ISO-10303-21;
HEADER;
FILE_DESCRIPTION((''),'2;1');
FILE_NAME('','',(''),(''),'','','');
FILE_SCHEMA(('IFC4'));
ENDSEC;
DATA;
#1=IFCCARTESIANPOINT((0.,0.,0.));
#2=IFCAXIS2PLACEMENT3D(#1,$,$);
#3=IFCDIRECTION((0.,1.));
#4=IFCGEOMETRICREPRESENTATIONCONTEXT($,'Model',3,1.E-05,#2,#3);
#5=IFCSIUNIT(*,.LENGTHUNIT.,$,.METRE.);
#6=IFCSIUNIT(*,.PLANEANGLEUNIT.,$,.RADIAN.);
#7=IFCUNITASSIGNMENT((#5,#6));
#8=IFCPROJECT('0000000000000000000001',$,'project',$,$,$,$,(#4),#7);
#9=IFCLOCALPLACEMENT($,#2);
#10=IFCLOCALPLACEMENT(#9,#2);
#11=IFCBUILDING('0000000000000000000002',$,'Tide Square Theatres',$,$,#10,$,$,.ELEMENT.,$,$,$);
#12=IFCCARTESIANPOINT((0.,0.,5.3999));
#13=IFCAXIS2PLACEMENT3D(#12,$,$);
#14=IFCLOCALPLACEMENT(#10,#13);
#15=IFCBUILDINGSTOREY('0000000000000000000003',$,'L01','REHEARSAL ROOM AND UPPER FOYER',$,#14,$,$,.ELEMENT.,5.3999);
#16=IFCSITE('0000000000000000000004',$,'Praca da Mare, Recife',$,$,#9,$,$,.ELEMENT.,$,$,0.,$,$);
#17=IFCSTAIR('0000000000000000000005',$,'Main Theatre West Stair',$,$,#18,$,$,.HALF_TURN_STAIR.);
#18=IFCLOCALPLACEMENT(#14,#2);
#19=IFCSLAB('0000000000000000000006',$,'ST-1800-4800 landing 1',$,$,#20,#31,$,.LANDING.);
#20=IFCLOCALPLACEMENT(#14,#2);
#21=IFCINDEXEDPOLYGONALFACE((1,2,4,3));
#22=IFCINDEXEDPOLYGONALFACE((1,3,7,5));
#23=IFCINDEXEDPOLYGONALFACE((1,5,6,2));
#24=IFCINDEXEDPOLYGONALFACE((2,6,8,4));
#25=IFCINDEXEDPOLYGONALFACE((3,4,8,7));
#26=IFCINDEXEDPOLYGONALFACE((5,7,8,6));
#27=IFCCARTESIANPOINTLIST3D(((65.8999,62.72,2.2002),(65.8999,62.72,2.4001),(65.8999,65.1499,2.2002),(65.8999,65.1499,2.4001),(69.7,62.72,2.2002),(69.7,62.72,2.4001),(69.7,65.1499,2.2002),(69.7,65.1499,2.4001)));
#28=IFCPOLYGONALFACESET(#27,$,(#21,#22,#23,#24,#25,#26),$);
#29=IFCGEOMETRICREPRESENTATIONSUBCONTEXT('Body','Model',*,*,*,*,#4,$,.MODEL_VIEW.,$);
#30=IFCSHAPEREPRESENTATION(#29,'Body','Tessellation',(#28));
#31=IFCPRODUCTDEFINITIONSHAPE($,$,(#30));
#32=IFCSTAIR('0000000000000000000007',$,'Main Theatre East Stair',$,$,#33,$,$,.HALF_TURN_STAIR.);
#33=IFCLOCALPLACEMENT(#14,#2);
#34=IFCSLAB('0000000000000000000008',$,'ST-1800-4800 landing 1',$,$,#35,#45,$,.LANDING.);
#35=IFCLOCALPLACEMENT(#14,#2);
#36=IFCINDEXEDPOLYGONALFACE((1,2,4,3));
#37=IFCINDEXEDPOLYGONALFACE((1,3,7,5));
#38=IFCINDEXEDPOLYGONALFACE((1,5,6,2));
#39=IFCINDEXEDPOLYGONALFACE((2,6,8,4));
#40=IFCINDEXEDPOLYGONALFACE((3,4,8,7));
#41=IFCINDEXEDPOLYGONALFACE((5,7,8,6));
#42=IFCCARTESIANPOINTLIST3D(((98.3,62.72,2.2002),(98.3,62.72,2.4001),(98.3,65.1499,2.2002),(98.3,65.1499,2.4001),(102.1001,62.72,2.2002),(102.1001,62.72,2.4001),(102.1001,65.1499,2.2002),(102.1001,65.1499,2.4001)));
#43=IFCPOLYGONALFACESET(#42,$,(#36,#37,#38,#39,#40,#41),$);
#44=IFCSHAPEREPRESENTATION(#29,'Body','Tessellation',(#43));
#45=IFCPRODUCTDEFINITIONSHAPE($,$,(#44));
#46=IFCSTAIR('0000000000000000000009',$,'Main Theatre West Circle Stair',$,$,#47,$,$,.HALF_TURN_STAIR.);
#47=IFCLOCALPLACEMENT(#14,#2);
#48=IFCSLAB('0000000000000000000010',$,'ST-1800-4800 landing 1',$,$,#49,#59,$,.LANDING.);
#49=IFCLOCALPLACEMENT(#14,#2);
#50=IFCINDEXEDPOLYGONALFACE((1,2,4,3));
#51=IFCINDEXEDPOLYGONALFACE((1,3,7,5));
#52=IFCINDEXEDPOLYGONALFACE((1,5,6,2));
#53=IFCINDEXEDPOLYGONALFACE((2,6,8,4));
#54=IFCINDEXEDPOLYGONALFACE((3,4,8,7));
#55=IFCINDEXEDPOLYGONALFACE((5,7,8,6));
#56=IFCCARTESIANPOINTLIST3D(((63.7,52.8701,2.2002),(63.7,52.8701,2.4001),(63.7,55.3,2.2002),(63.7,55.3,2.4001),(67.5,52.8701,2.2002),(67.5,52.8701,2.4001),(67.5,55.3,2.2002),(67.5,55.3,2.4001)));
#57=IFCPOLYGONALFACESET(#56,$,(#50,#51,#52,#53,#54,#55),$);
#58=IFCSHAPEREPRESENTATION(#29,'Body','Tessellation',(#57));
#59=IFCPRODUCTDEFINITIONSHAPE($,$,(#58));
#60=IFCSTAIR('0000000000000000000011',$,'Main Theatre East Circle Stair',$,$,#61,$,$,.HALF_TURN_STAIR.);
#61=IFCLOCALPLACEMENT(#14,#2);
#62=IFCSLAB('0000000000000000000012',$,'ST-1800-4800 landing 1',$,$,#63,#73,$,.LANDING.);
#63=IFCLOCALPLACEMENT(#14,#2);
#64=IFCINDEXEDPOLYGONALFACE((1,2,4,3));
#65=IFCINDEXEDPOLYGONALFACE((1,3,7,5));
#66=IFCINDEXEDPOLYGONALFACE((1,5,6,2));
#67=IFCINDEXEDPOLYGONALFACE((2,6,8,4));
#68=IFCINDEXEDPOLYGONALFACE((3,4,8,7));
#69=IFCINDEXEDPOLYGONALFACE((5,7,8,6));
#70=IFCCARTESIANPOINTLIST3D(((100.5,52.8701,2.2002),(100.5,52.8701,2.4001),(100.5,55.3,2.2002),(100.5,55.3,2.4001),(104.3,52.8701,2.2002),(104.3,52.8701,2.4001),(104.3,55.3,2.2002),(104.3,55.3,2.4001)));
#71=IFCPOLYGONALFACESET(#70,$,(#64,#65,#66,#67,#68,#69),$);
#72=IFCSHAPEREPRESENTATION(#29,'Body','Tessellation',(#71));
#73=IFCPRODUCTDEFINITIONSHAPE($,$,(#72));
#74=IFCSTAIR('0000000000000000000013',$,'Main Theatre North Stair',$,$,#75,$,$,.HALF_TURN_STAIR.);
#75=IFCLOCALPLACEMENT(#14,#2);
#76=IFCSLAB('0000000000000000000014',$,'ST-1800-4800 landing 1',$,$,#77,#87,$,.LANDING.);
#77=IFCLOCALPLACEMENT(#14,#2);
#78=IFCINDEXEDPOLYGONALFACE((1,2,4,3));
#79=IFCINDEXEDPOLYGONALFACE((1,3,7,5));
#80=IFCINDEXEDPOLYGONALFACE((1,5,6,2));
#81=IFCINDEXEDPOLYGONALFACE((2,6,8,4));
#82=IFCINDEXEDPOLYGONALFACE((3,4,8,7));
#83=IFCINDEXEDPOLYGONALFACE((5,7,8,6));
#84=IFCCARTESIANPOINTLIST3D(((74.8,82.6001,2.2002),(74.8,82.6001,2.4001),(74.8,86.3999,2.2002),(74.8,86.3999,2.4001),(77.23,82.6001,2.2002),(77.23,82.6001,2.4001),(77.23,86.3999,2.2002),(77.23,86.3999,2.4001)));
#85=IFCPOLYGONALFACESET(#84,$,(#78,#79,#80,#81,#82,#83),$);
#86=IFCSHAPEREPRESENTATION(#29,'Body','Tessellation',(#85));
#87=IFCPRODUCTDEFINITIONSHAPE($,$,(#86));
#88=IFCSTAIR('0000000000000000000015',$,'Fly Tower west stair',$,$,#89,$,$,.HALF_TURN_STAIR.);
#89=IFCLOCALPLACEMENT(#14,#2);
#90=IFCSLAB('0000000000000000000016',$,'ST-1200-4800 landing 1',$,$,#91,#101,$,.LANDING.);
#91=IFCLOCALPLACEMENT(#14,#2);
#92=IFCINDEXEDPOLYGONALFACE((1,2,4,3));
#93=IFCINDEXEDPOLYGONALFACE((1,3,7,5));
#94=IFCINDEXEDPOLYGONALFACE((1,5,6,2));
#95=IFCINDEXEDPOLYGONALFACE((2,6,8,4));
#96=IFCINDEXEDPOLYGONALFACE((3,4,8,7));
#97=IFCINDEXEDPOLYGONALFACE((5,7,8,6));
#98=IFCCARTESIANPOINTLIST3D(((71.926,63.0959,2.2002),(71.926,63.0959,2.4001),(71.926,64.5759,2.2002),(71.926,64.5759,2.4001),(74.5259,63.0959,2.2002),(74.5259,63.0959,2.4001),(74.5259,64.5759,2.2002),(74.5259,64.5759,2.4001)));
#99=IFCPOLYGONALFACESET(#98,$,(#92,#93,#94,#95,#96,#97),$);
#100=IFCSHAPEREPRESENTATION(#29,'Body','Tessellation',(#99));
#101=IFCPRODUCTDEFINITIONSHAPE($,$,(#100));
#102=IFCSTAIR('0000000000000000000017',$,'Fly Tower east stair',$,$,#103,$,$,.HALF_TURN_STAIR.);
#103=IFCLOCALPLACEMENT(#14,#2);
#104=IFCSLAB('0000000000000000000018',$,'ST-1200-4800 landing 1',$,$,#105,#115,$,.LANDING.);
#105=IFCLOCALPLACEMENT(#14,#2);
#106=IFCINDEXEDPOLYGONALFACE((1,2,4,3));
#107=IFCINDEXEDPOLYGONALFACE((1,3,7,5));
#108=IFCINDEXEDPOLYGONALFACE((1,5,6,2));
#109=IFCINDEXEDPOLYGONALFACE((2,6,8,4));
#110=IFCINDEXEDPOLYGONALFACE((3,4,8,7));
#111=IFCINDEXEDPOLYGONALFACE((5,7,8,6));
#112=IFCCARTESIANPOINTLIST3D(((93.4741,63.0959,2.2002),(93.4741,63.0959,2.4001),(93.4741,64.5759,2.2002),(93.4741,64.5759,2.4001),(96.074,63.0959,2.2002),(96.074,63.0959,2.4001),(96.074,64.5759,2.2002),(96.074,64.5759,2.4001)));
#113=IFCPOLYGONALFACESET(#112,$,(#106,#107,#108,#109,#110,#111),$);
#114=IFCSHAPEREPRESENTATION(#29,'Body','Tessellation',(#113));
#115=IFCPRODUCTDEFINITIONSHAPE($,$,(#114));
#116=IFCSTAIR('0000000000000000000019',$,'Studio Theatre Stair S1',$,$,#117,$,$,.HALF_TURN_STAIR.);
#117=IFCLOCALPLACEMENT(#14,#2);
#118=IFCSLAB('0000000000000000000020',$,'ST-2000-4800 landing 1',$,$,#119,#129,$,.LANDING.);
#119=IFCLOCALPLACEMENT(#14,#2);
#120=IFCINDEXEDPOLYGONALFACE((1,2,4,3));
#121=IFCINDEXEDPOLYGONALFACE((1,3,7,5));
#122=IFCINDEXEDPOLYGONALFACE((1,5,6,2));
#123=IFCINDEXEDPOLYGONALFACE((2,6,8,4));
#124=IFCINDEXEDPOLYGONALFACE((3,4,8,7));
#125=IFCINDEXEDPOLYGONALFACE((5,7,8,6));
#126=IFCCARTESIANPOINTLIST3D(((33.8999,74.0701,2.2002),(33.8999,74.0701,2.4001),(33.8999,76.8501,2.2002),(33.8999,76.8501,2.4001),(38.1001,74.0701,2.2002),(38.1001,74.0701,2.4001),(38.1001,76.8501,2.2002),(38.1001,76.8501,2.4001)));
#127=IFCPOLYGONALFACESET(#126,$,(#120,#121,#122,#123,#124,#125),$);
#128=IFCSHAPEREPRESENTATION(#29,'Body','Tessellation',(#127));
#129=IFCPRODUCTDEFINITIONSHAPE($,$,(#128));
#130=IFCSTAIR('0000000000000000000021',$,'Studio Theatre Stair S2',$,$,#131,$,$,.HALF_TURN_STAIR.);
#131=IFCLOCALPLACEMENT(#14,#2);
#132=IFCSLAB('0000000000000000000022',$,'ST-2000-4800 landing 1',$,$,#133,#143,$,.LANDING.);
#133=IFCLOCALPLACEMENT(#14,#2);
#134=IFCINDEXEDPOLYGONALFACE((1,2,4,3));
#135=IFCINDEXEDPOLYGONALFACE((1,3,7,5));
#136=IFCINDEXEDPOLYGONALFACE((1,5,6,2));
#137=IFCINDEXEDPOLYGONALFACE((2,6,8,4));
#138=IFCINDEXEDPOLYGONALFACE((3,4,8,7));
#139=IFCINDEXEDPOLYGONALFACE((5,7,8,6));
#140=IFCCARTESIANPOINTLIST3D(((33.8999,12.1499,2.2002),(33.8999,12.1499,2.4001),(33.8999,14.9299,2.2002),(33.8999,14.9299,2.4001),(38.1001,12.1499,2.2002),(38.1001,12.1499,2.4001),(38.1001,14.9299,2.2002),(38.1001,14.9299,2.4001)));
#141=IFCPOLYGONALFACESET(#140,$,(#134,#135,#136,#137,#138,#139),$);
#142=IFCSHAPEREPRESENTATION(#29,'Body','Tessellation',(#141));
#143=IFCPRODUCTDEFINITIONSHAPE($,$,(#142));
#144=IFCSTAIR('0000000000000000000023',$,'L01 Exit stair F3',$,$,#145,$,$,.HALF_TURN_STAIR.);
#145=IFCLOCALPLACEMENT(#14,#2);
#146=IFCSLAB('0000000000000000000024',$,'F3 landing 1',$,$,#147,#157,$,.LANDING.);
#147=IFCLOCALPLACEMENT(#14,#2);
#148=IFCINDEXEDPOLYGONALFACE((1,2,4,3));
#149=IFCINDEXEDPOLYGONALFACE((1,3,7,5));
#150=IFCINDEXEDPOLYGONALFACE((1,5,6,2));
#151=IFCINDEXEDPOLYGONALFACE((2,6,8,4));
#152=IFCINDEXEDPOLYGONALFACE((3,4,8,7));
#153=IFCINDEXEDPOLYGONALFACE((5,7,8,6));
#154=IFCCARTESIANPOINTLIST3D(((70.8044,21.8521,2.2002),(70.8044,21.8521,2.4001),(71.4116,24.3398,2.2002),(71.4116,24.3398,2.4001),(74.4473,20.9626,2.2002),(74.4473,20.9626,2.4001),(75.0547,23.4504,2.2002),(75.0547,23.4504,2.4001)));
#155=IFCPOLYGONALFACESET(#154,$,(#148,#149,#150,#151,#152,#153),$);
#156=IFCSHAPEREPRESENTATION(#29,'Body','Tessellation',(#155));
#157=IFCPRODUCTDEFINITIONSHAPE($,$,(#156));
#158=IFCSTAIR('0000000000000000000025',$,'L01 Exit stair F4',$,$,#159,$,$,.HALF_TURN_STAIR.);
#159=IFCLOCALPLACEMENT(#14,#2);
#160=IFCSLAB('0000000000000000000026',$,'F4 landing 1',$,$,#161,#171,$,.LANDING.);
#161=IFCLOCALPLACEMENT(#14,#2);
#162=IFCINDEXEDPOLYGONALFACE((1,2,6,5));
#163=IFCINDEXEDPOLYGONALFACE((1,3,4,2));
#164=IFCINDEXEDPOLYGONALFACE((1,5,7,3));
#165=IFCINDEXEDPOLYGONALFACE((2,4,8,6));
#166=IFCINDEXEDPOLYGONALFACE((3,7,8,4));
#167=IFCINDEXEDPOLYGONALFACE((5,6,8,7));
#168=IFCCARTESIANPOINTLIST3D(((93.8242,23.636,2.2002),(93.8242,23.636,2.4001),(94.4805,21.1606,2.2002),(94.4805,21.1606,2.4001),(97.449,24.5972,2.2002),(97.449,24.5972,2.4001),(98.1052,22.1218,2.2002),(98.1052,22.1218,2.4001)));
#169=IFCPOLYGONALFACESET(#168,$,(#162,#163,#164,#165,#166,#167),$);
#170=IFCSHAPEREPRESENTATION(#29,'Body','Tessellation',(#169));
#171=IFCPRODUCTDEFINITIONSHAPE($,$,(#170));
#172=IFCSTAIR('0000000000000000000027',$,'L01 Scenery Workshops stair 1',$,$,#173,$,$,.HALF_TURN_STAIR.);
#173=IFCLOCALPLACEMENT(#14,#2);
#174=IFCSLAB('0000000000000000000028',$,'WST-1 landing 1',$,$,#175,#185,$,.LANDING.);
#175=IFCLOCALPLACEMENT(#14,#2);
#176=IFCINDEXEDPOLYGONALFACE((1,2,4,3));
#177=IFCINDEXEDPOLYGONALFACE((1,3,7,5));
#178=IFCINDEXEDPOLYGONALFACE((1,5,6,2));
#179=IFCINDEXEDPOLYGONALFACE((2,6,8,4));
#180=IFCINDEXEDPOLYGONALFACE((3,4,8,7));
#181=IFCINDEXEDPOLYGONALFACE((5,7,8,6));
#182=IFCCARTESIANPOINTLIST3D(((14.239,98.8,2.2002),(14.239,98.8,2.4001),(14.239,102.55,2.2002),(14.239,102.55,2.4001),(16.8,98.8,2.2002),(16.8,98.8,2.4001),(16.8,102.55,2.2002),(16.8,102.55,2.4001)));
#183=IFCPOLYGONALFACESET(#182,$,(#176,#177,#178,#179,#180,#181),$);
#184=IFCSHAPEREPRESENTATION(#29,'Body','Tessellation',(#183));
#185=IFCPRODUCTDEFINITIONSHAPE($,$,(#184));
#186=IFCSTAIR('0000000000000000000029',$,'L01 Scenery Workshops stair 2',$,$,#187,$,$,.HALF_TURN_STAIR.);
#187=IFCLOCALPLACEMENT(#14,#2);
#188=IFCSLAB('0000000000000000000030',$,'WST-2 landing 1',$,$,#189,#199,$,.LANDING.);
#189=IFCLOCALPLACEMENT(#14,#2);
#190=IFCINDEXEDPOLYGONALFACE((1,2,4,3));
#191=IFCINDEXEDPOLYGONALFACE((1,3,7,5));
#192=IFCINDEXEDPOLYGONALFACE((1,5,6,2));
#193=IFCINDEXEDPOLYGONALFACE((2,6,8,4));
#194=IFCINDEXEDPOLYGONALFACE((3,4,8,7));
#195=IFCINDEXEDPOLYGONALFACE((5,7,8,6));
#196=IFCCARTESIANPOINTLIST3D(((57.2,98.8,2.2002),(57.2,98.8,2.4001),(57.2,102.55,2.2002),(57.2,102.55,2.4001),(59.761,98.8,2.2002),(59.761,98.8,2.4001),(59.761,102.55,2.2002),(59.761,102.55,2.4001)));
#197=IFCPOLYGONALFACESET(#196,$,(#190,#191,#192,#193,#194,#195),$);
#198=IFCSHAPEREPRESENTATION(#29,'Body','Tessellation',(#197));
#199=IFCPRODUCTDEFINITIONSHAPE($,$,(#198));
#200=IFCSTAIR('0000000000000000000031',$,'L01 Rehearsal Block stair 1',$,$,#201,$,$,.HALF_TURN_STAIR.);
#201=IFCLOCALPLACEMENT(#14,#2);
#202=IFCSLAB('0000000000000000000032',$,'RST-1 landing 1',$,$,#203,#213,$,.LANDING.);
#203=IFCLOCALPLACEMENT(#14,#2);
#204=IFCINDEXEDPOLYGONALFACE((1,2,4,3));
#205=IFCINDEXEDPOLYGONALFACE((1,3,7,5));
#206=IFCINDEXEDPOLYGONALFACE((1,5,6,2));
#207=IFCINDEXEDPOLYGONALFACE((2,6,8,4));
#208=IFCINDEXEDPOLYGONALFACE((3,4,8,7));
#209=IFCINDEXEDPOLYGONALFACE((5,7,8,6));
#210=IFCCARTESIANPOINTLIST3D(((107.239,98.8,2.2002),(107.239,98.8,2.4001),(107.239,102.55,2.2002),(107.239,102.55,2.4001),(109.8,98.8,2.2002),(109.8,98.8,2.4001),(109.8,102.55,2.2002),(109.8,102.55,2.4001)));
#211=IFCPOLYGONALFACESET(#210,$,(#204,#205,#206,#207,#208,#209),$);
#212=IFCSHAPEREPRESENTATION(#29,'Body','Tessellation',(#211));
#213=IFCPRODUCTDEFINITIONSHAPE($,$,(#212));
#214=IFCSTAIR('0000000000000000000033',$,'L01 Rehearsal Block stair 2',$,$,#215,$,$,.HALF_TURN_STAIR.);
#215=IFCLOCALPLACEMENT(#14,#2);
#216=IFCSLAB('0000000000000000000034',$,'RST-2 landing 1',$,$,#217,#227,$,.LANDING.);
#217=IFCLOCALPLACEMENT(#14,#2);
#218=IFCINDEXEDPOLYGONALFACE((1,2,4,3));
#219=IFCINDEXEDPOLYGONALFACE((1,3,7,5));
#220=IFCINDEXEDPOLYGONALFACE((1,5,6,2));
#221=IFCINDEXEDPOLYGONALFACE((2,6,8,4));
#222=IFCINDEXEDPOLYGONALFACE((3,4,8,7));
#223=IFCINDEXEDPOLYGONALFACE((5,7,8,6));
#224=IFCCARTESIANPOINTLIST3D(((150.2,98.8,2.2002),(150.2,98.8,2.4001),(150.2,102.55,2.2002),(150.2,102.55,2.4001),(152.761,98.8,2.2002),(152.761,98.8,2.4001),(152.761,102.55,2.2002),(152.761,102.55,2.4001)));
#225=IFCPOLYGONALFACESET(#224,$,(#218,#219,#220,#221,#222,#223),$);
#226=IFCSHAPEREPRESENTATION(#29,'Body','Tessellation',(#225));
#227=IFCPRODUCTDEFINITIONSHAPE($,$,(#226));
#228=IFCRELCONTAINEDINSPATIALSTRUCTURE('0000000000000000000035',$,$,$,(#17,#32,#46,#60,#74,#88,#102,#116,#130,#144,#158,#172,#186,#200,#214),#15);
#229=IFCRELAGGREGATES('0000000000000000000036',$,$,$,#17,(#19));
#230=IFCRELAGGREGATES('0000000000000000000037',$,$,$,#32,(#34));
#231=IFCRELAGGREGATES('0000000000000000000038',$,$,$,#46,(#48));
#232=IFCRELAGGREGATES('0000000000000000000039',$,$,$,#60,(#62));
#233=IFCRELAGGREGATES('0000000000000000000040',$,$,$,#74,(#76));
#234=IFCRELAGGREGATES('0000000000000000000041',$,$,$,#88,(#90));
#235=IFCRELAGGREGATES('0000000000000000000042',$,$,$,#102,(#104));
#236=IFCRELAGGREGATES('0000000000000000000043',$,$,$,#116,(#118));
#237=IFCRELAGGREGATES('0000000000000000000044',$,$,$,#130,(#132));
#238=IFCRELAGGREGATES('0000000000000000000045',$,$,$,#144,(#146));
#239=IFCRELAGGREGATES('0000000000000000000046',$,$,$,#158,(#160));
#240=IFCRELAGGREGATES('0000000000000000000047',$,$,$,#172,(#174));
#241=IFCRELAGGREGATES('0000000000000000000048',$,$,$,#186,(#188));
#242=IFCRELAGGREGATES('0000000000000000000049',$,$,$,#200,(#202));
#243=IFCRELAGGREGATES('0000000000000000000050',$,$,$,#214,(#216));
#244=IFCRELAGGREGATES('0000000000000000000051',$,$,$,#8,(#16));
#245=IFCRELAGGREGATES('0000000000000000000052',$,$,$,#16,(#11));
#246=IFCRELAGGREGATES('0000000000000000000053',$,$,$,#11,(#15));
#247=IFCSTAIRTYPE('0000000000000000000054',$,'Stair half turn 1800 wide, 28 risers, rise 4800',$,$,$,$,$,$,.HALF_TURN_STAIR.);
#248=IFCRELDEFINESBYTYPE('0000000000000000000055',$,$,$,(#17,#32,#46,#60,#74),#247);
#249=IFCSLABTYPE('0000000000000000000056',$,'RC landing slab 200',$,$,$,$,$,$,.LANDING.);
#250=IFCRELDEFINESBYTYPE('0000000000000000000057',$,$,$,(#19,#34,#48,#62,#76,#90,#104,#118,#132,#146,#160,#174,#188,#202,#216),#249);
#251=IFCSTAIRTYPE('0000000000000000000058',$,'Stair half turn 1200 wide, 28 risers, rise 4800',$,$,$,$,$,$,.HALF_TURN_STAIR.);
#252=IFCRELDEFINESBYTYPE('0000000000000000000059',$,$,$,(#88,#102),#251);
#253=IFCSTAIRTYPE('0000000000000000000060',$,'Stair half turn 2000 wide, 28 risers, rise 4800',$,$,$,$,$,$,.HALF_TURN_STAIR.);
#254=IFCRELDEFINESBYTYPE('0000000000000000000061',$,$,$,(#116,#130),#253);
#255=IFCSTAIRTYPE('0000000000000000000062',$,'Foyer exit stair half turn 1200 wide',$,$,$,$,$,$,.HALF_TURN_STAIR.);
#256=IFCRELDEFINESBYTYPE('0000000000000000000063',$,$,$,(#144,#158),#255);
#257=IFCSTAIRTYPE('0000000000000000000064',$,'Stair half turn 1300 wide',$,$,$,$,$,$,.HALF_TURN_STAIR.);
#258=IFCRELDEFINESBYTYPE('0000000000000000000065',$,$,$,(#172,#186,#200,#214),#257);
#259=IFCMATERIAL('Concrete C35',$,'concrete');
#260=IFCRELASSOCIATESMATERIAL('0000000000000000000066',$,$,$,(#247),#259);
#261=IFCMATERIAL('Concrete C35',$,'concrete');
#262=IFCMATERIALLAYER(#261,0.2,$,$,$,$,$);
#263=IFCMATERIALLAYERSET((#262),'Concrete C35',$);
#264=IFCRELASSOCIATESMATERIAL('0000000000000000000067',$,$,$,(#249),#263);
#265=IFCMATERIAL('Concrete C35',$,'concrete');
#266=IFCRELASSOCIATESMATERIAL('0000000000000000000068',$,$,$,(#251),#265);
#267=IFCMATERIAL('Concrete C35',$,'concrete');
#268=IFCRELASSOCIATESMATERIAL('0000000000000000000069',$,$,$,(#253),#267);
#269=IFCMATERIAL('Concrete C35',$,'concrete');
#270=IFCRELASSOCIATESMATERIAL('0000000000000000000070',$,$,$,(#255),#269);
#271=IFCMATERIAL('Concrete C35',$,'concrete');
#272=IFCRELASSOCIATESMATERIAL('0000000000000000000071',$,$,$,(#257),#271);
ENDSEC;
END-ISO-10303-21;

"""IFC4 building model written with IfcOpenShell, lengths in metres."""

from ifc_helpers import new_model, si_unit, direction, frame, origin, place, context, subcontext, project, spatial, polyline, outline, extrude, material, layer, layer_set, type_object, element, aggregate, save


model = new_model("IFC4")

# Units and contexts
model_context = context("Model", 3, precision=1e-05, world=origin(), true_north=direction((0.0, 1.0)))
body_context = subcontext(model_context, "Body", "Model", "MODEL_VIEW")
ifc_project = project(units=[si_unit("LENGTHUNIT", "METRE"), si_unit("PLANEANGLEUNIT", "RADIAN")], contexts=[model_context])

# Site, building, storey
site_placement = place(None, origin())
site = spatial("IfcSite", under=ifc_project, at=site_placement, Name="Praca da Mare, Recife", CompositionType="ELEMENT", RefElevation=0.0)
building_placement = place(site_placement, origin())
building = spatial("IfcBuilding", under=site, at=building_placement, Name="Tide Square Theatres", CompositionType="ELEMENT")
storey_placement = place(building_placement, frame((0.0, 0.0, 5.3999)))
storey = spatial("IfcBuildingStorey", under=building, at=storey_placement, Name="L01", Description="REHEARSAL ROOM AND UPPER FOYER", CompositionType="ELEMENT", Elevation=5.3999)

# Stairs, slabs
ifc_material_1 = material(Name="Concrete C35", Category="concrete")
stair_type_1 = type_object("IfcStairType", Name="Stair half turn 1800 wide, 28 risers, rise 4800", PredefinedType="HALF_TURN_STAIR", material=ifc_material_1)
stair_1_placement = place(storey_placement, origin())
stair_1 = element("IfcStair", 1, at=stair_1_placement, inside=storey, type_object=stair_type_1, Name="Main Theatre West Stair", PredefinedType="HALF_TURN_STAIR")
ifc_material_2 = material(Name="Concrete C35", Category="concrete")
ifc_layer_1 = layer(ifc_material_2, 0.2)
ifc_layer_set_1 = layer_set([ifc_layer_1], Name="Concrete C35")
slab_type_1 = type_object("IfcSlabType", Name="RC landing slab 200", PredefinedType="LANDING", material=ifc_layer_set_1)
slab_1_placement = place(storey_placement, frame((0.0, 0.0, 2.2002)))
slab_1 = element("IfcSlab", 2, at=slab_1_placement, type_object=slab_type_1, Name="ST-1800-4800 landing 1", PredefinedType="LANDING", context=body_context, shape_type="SweptSolid", body=[
    extrude(outline(polyline([(69.7, 62.72), (69.7, 65.1499), (65.8999, 65.1499), (65.8999, 62.72), (69.7, 62.72)])), origin(), (0.0, 0.0, 1.0), 0.2),
])
aggregate(stair_1, [slab_1])
stair_2_placement = place(storey_placement, origin())
stair_2 = element("IfcStair", 3, at=stair_2_placement, inside=storey, type_object=stair_type_1, Name="Main Theatre East Stair", PredefinedType="HALF_TURN_STAIR")
slab_2_placement = place(storey_placement, frame((0.0, 0.0, 2.2002)))
slab_2 = element("IfcSlab", 4, at=slab_2_placement, type_object=slab_type_1, Name="ST-1800-4800 landing 1", PredefinedType="LANDING", context=body_context, shape_type="SweptSolid", body=[
    extrude(outline(polyline([(102.1001, 62.72), (102.1001, 65.1499), (98.3, 65.1499), (98.3, 62.72), (102.1001, 62.72)])), origin(), (0.0, 0.0, 1.0), 0.2),
])
aggregate(stair_2, [slab_2])
stair_3_placement = place(storey_placement, origin())
stair_3 = element("IfcStair", 5, at=stair_3_placement, inside=storey, type_object=stair_type_1, Name="Main Theatre West Circle Stair", PredefinedType="HALF_TURN_STAIR")
slab_3_placement = place(storey_placement, frame((0.0, 0.0, 2.2002)))
slab_3 = element("IfcSlab", 6, at=slab_3_placement, type_object=slab_type_1, Name="ST-1800-4800 landing 1", PredefinedType="LANDING", context=body_context, shape_type="SweptSolid", body=[
    extrude(outline(polyline([(67.5, 52.8701), (67.5, 55.3), (63.7, 55.3), (63.7, 52.8701), (67.5, 52.8701)])), origin(), (0.0, 0.0, 1.0), 0.2),
])
aggregate(stair_3, [slab_3])
stair_4_placement = place(storey_placement, origin())
stair_4 = element("IfcStair", 7, at=stair_4_placement, inside=storey, type_object=stair_type_1, Name="Main Theatre East Circle Stair", PredefinedType="HALF_TURN_STAIR")
slab_4_placement = place(storey_placement, frame((0.0, 0.0, 2.2002)))
slab_4 = element("IfcSlab", 8, at=slab_4_placement, type_object=slab_type_1, Name="ST-1800-4800 landing 1", PredefinedType="LANDING", context=body_context, shape_type="SweptSolid", body=[
    extrude(outline(polyline([(104.3, 52.8701), (104.3, 55.3), (100.5, 55.3), (100.5, 52.8701), (104.3, 52.8701)])), origin(), (0.0, 0.0, 1.0), 0.2),
])
aggregate(stair_4, [slab_4])
stair_5_placement = place(storey_placement, origin())
stair_5 = element("IfcStair", 9, at=stair_5_placement, inside=storey, type_object=stair_type_1, Name="Main Theatre North Stair", PredefinedType="HALF_TURN_STAIR")
slab_5_placement = place(storey_placement, frame((0.0, 0.0, 2.2002)))
slab_5 = element("IfcSlab", 10, at=slab_5_placement, type_object=slab_type_1, Name="ST-1800-4800 landing 1", PredefinedType="LANDING", context=body_context, shape_type="SweptSolid", body=[
    extrude(outline(polyline([(77.23, 86.3999), (74.8, 86.3999), (74.8, 82.6001), (77.23, 82.6001), (77.23, 86.3999)])), origin(), (0.0, 0.0, 1.0), 0.2),
])
aggregate(stair_5, [slab_5])
ifc_material_3 = material(Name="Concrete C35", Category="concrete")
stair_type_2 = type_object("IfcStairType", Name="Stair half turn 1200 wide, 28 risers, rise 4800", PredefinedType="HALF_TURN_STAIR", material=ifc_material_3)
stair_6_placement = place(storey_placement, origin())
stair_6 = element("IfcStair", 11, at=stair_6_placement, inside=storey, type_object=stair_type_2, Name="Fly Tower west stair", PredefinedType="HALF_TURN_STAIR")
slab_6_placement = place(storey_placement, frame((0.0, 0.0, 2.2002)))
slab_6 = element("IfcSlab", 12, at=slab_6_placement, type_object=slab_type_1, Name="ST-1200-4800 landing 1", PredefinedType="LANDING", context=body_context, shape_type="SweptSolid", body=[
    extrude(outline(polyline([(74.5259, 63.0959), (74.5259, 64.5759), (71.926, 64.5759), (71.926, 63.0959), (74.5259, 63.0959)])), origin(), (0.0, 0.0, 1.0), 0.2),
])
aggregate(stair_6, [slab_6])
stair_7_placement = place(storey_placement, origin())
stair_7 = element("IfcStair", 13, at=stair_7_placement, inside=storey, type_object=stair_type_2, Name="Fly Tower east stair", PredefinedType="HALF_TURN_STAIR")
slab_7_placement = place(storey_placement, frame((0.0, 0.0, 2.2002)))
slab_7 = element("IfcSlab", 14, at=slab_7_placement, type_object=slab_type_1, Name="ST-1200-4800 landing 1", PredefinedType="LANDING", context=body_context, shape_type="SweptSolid", body=[
    extrude(outline(polyline([(96.074, 63.0959), (96.074, 64.5759), (93.4741, 64.5759), (93.4741, 63.0959), (96.074, 63.0959)])), origin(), (0.0, 0.0, 1.0), 0.2),
])
aggregate(stair_7, [slab_7])
ifc_material_4 = material(Name="Concrete C35", Category="concrete")
stair_type_3 = type_object("IfcStairType", Name="Stair half turn 2000 wide, 28 risers, rise 4800", PredefinedType="HALF_TURN_STAIR", material=ifc_material_4)
stair_8_placement = place(storey_placement, origin())
stair_8 = element("IfcStair", 15, at=stair_8_placement, inside=storey, type_object=stair_type_3, Name="Studio Theatre Stair S1", PredefinedType="HALF_TURN_STAIR")
slab_8_placement = place(storey_placement, frame((0.0, 0.0, 2.2002)))
slab_8 = element("IfcSlab", 16, at=slab_8_placement, type_object=slab_type_1, Name="ST-2000-4800 landing 1", PredefinedType="LANDING", context=body_context, shape_type="SweptSolid", body=[
    extrude(outline(polyline([(38.1001, 74.0701), (38.1001, 76.8501), (33.8999, 76.8501), (33.8999, 74.0701), (38.1001, 74.0701)])), origin(), (0.0, 0.0, 1.0), 0.2),
])
aggregate(stair_8, [slab_8])
stair_9_placement = place(storey_placement, origin())
stair_9 = element("IfcStair", 17, at=stair_9_placement, inside=storey, type_object=stair_type_3, Name="Studio Theatre Stair S2", PredefinedType="HALF_TURN_STAIR")
slab_9_placement = place(storey_placement, frame((0.0, 0.0, 2.2002)))
slab_9 = element("IfcSlab", 18, at=slab_9_placement, type_object=slab_type_1, Name="ST-2000-4800 landing 1", PredefinedType="LANDING", context=body_context, shape_type="SweptSolid", body=[
    extrude(outline(polyline([(33.8999, 14.9299), (33.8999, 12.1499), (38.1001, 12.1499), (38.1001, 14.9299), (33.8999, 14.9299)])), origin(), (0.0, 0.0, 1.0), 0.2),
])
aggregate(stair_9, [slab_9])
ifc_material_5 = material(Name="Concrete C35", Category="concrete")
stair_type_4 = type_object("IfcStairType", Name="Foyer exit stair half turn 1200 wide", PredefinedType="HALF_TURN_STAIR", material=ifc_material_5)
stair_10_placement = place(storey_placement, origin())
stair_10 = element("IfcStair", 19, at=stair_10_placement, inside=storey, type_object=stair_type_4, Name="L01 Exit stair F3", PredefinedType="HALF_TURN_STAIR")
slab_10_placement = place(storey_placement, frame((0.0, 0.0, 2.2002)))
slab_10 = element("IfcSlab", 20, at=slab_10_placement, type_object=slab_type_1, Name="F3 landing 1", PredefinedType="LANDING", context=body_context, shape_type="SweptSolid", body=[
    extrude(outline(polyline([(74.4473, 20.9626), (75.0547, 23.4504), (71.4116, 24.3398), (70.8044, 21.8521), (74.4473, 20.9626)])), origin(), (0.0, 0.0, 1.0), 0.2),
])
aggregate(stair_10, [slab_10])
stair_11_placement = place(storey_placement, origin())
stair_11 = element("IfcStair", 21, at=stair_11_placement, inside=storey, type_object=stair_type_4, Name="L01 Exit stair F4", PredefinedType="HALF_TURN_STAIR")
slab_11_placement = place(storey_placement, frame((0.0, 0.0, 2.2002)))
slab_11 = element("IfcSlab", 22, at=slab_11_placement, type_object=slab_type_1, Name="F4 landing 1", PredefinedType="LANDING", context=body_context, shape_type="SweptSolid", body=[
    extrude(outline(polyline([(98.1052, 22.1218), (97.449, 24.5972), (93.8242, 23.636), (94.4805, 21.1606), (98.1052, 22.1218)])), origin(), (0.0, 0.0, 1.0), 0.2),
])
aggregate(stair_11, [slab_11])
ifc_material_6 = material(Name="Concrete C35", Category="concrete")
stair_type_5 = type_object("IfcStairType", Name="Stair half turn 1300 wide", PredefinedType="HALF_TURN_STAIR", material=ifc_material_6)
stair_12_placement = place(storey_placement, origin())
stair_12 = element("IfcStair", 23, at=stair_12_placement, inside=storey, type_object=stair_type_5, Name="L01 Scenery Workshops stair 1", PredefinedType="HALF_TURN_STAIR")
slab_12_placement = place(storey_placement, frame((0.0, 0.0, 2.2002)))
slab_12 = element("IfcSlab", 24, at=slab_12_placement, type_object=slab_type_1, Name="WST-1 landing 1", PredefinedType="LANDING", context=body_context, shape_type="SweptSolid", body=[
    extrude(outline(polyline([(14.239, 98.8), (16.8, 98.8), (16.8, 102.55), (14.239, 102.55), (14.239, 98.8)])), origin(), (0.0, 0.0, 1.0), 0.2),
])
aggregate(stair_12, [slab_12])
stair_13_placement = place(storey_placement, origin())
stair_13 = element("IfcStair", 25, at=stair_13_placement, inside=storey, type_object=stair_type_5, Name="L01 Scenery Workshops stair 2", PredefinedType="HALF_TURN_STAIR")
slab_13_placement = place(storey_placement, frame((0.0, 0.0, 2.2002)))
slab_13 = element("IfcSlab", 26, at=slab_13_placement, type_object=slab_type_1, Name="WST-2 landing 1", PredefinedType="LANDING", context=body_context, shape_type="SweptSolid", body=[
    extrude(outline(polyline([(59.761, 102.55), (57.2, 102.55), (57.2, 98.8), (59.761, 98.8), (59.761, 102.55)])), origin(), (0.0, 0.0, 1.0), 0.2),
])
aggregate(stair_13, [slab_13])
stair_14_placement = place(storey_placement, origin())
stair_14 = element("IfcStair", 27, at=stair_14_placement, inside=storey, type_object=stair_type_5, Name="L01 Rehearsal Block stair 1", PredefinedType="HALF_TURN_STAIR")
slab_14_placement = place(storey_placement, frame((0.0, 0.0, 2.2002)))
slab_14 = element("IfcSlab", 28, at=slab_14_placement, type_object=slab_type_1, Name="RST-1 landing 1", PredefinedType="LANDING", context=body_context, shape_type="SweptSolid", body=[
    extrude(outline(polyline([(107.239, 98.8), (109.8, 98.8), (109.8, 102.55), (107.239, 102.55), (107.239, 98.8)])), origin(), (0.0, 0.0, 1.0), 0.2),
])
aggregate(stair_14, [slab_14])
stair_15_placement = place(storey_placement, origin())
stair_15 = element("IfcStair", 29, at=stair_15_placement, inside=storey, type_object=stair_type_5, Name="L01 Rehearsal Block stair 2", PredefinedType="HALF_TURN_STAIR")
slab_15_placement = place(storey_placement, frame((0.0, 0.0, 2.2002)))
slab_15 = element("IfcSlab", 30, at=slab_15_placement, type_object=slab_type_1, Name="RST-2 landing 1", PredefinedType="LANDING", context=body_context, shape_type="SweptSolid", body=[
    extrude(outline(polyline([(152.761, 102.55), (150.2, 102.55), (150.2, 98.8), (152.761, 98.8), (152.761, 102.55)])), origin(), (0.0, 0.0, 1.0), 0.2),
])
aggregate(stair_15, [slab_15])

save(model, "model.ifc")
